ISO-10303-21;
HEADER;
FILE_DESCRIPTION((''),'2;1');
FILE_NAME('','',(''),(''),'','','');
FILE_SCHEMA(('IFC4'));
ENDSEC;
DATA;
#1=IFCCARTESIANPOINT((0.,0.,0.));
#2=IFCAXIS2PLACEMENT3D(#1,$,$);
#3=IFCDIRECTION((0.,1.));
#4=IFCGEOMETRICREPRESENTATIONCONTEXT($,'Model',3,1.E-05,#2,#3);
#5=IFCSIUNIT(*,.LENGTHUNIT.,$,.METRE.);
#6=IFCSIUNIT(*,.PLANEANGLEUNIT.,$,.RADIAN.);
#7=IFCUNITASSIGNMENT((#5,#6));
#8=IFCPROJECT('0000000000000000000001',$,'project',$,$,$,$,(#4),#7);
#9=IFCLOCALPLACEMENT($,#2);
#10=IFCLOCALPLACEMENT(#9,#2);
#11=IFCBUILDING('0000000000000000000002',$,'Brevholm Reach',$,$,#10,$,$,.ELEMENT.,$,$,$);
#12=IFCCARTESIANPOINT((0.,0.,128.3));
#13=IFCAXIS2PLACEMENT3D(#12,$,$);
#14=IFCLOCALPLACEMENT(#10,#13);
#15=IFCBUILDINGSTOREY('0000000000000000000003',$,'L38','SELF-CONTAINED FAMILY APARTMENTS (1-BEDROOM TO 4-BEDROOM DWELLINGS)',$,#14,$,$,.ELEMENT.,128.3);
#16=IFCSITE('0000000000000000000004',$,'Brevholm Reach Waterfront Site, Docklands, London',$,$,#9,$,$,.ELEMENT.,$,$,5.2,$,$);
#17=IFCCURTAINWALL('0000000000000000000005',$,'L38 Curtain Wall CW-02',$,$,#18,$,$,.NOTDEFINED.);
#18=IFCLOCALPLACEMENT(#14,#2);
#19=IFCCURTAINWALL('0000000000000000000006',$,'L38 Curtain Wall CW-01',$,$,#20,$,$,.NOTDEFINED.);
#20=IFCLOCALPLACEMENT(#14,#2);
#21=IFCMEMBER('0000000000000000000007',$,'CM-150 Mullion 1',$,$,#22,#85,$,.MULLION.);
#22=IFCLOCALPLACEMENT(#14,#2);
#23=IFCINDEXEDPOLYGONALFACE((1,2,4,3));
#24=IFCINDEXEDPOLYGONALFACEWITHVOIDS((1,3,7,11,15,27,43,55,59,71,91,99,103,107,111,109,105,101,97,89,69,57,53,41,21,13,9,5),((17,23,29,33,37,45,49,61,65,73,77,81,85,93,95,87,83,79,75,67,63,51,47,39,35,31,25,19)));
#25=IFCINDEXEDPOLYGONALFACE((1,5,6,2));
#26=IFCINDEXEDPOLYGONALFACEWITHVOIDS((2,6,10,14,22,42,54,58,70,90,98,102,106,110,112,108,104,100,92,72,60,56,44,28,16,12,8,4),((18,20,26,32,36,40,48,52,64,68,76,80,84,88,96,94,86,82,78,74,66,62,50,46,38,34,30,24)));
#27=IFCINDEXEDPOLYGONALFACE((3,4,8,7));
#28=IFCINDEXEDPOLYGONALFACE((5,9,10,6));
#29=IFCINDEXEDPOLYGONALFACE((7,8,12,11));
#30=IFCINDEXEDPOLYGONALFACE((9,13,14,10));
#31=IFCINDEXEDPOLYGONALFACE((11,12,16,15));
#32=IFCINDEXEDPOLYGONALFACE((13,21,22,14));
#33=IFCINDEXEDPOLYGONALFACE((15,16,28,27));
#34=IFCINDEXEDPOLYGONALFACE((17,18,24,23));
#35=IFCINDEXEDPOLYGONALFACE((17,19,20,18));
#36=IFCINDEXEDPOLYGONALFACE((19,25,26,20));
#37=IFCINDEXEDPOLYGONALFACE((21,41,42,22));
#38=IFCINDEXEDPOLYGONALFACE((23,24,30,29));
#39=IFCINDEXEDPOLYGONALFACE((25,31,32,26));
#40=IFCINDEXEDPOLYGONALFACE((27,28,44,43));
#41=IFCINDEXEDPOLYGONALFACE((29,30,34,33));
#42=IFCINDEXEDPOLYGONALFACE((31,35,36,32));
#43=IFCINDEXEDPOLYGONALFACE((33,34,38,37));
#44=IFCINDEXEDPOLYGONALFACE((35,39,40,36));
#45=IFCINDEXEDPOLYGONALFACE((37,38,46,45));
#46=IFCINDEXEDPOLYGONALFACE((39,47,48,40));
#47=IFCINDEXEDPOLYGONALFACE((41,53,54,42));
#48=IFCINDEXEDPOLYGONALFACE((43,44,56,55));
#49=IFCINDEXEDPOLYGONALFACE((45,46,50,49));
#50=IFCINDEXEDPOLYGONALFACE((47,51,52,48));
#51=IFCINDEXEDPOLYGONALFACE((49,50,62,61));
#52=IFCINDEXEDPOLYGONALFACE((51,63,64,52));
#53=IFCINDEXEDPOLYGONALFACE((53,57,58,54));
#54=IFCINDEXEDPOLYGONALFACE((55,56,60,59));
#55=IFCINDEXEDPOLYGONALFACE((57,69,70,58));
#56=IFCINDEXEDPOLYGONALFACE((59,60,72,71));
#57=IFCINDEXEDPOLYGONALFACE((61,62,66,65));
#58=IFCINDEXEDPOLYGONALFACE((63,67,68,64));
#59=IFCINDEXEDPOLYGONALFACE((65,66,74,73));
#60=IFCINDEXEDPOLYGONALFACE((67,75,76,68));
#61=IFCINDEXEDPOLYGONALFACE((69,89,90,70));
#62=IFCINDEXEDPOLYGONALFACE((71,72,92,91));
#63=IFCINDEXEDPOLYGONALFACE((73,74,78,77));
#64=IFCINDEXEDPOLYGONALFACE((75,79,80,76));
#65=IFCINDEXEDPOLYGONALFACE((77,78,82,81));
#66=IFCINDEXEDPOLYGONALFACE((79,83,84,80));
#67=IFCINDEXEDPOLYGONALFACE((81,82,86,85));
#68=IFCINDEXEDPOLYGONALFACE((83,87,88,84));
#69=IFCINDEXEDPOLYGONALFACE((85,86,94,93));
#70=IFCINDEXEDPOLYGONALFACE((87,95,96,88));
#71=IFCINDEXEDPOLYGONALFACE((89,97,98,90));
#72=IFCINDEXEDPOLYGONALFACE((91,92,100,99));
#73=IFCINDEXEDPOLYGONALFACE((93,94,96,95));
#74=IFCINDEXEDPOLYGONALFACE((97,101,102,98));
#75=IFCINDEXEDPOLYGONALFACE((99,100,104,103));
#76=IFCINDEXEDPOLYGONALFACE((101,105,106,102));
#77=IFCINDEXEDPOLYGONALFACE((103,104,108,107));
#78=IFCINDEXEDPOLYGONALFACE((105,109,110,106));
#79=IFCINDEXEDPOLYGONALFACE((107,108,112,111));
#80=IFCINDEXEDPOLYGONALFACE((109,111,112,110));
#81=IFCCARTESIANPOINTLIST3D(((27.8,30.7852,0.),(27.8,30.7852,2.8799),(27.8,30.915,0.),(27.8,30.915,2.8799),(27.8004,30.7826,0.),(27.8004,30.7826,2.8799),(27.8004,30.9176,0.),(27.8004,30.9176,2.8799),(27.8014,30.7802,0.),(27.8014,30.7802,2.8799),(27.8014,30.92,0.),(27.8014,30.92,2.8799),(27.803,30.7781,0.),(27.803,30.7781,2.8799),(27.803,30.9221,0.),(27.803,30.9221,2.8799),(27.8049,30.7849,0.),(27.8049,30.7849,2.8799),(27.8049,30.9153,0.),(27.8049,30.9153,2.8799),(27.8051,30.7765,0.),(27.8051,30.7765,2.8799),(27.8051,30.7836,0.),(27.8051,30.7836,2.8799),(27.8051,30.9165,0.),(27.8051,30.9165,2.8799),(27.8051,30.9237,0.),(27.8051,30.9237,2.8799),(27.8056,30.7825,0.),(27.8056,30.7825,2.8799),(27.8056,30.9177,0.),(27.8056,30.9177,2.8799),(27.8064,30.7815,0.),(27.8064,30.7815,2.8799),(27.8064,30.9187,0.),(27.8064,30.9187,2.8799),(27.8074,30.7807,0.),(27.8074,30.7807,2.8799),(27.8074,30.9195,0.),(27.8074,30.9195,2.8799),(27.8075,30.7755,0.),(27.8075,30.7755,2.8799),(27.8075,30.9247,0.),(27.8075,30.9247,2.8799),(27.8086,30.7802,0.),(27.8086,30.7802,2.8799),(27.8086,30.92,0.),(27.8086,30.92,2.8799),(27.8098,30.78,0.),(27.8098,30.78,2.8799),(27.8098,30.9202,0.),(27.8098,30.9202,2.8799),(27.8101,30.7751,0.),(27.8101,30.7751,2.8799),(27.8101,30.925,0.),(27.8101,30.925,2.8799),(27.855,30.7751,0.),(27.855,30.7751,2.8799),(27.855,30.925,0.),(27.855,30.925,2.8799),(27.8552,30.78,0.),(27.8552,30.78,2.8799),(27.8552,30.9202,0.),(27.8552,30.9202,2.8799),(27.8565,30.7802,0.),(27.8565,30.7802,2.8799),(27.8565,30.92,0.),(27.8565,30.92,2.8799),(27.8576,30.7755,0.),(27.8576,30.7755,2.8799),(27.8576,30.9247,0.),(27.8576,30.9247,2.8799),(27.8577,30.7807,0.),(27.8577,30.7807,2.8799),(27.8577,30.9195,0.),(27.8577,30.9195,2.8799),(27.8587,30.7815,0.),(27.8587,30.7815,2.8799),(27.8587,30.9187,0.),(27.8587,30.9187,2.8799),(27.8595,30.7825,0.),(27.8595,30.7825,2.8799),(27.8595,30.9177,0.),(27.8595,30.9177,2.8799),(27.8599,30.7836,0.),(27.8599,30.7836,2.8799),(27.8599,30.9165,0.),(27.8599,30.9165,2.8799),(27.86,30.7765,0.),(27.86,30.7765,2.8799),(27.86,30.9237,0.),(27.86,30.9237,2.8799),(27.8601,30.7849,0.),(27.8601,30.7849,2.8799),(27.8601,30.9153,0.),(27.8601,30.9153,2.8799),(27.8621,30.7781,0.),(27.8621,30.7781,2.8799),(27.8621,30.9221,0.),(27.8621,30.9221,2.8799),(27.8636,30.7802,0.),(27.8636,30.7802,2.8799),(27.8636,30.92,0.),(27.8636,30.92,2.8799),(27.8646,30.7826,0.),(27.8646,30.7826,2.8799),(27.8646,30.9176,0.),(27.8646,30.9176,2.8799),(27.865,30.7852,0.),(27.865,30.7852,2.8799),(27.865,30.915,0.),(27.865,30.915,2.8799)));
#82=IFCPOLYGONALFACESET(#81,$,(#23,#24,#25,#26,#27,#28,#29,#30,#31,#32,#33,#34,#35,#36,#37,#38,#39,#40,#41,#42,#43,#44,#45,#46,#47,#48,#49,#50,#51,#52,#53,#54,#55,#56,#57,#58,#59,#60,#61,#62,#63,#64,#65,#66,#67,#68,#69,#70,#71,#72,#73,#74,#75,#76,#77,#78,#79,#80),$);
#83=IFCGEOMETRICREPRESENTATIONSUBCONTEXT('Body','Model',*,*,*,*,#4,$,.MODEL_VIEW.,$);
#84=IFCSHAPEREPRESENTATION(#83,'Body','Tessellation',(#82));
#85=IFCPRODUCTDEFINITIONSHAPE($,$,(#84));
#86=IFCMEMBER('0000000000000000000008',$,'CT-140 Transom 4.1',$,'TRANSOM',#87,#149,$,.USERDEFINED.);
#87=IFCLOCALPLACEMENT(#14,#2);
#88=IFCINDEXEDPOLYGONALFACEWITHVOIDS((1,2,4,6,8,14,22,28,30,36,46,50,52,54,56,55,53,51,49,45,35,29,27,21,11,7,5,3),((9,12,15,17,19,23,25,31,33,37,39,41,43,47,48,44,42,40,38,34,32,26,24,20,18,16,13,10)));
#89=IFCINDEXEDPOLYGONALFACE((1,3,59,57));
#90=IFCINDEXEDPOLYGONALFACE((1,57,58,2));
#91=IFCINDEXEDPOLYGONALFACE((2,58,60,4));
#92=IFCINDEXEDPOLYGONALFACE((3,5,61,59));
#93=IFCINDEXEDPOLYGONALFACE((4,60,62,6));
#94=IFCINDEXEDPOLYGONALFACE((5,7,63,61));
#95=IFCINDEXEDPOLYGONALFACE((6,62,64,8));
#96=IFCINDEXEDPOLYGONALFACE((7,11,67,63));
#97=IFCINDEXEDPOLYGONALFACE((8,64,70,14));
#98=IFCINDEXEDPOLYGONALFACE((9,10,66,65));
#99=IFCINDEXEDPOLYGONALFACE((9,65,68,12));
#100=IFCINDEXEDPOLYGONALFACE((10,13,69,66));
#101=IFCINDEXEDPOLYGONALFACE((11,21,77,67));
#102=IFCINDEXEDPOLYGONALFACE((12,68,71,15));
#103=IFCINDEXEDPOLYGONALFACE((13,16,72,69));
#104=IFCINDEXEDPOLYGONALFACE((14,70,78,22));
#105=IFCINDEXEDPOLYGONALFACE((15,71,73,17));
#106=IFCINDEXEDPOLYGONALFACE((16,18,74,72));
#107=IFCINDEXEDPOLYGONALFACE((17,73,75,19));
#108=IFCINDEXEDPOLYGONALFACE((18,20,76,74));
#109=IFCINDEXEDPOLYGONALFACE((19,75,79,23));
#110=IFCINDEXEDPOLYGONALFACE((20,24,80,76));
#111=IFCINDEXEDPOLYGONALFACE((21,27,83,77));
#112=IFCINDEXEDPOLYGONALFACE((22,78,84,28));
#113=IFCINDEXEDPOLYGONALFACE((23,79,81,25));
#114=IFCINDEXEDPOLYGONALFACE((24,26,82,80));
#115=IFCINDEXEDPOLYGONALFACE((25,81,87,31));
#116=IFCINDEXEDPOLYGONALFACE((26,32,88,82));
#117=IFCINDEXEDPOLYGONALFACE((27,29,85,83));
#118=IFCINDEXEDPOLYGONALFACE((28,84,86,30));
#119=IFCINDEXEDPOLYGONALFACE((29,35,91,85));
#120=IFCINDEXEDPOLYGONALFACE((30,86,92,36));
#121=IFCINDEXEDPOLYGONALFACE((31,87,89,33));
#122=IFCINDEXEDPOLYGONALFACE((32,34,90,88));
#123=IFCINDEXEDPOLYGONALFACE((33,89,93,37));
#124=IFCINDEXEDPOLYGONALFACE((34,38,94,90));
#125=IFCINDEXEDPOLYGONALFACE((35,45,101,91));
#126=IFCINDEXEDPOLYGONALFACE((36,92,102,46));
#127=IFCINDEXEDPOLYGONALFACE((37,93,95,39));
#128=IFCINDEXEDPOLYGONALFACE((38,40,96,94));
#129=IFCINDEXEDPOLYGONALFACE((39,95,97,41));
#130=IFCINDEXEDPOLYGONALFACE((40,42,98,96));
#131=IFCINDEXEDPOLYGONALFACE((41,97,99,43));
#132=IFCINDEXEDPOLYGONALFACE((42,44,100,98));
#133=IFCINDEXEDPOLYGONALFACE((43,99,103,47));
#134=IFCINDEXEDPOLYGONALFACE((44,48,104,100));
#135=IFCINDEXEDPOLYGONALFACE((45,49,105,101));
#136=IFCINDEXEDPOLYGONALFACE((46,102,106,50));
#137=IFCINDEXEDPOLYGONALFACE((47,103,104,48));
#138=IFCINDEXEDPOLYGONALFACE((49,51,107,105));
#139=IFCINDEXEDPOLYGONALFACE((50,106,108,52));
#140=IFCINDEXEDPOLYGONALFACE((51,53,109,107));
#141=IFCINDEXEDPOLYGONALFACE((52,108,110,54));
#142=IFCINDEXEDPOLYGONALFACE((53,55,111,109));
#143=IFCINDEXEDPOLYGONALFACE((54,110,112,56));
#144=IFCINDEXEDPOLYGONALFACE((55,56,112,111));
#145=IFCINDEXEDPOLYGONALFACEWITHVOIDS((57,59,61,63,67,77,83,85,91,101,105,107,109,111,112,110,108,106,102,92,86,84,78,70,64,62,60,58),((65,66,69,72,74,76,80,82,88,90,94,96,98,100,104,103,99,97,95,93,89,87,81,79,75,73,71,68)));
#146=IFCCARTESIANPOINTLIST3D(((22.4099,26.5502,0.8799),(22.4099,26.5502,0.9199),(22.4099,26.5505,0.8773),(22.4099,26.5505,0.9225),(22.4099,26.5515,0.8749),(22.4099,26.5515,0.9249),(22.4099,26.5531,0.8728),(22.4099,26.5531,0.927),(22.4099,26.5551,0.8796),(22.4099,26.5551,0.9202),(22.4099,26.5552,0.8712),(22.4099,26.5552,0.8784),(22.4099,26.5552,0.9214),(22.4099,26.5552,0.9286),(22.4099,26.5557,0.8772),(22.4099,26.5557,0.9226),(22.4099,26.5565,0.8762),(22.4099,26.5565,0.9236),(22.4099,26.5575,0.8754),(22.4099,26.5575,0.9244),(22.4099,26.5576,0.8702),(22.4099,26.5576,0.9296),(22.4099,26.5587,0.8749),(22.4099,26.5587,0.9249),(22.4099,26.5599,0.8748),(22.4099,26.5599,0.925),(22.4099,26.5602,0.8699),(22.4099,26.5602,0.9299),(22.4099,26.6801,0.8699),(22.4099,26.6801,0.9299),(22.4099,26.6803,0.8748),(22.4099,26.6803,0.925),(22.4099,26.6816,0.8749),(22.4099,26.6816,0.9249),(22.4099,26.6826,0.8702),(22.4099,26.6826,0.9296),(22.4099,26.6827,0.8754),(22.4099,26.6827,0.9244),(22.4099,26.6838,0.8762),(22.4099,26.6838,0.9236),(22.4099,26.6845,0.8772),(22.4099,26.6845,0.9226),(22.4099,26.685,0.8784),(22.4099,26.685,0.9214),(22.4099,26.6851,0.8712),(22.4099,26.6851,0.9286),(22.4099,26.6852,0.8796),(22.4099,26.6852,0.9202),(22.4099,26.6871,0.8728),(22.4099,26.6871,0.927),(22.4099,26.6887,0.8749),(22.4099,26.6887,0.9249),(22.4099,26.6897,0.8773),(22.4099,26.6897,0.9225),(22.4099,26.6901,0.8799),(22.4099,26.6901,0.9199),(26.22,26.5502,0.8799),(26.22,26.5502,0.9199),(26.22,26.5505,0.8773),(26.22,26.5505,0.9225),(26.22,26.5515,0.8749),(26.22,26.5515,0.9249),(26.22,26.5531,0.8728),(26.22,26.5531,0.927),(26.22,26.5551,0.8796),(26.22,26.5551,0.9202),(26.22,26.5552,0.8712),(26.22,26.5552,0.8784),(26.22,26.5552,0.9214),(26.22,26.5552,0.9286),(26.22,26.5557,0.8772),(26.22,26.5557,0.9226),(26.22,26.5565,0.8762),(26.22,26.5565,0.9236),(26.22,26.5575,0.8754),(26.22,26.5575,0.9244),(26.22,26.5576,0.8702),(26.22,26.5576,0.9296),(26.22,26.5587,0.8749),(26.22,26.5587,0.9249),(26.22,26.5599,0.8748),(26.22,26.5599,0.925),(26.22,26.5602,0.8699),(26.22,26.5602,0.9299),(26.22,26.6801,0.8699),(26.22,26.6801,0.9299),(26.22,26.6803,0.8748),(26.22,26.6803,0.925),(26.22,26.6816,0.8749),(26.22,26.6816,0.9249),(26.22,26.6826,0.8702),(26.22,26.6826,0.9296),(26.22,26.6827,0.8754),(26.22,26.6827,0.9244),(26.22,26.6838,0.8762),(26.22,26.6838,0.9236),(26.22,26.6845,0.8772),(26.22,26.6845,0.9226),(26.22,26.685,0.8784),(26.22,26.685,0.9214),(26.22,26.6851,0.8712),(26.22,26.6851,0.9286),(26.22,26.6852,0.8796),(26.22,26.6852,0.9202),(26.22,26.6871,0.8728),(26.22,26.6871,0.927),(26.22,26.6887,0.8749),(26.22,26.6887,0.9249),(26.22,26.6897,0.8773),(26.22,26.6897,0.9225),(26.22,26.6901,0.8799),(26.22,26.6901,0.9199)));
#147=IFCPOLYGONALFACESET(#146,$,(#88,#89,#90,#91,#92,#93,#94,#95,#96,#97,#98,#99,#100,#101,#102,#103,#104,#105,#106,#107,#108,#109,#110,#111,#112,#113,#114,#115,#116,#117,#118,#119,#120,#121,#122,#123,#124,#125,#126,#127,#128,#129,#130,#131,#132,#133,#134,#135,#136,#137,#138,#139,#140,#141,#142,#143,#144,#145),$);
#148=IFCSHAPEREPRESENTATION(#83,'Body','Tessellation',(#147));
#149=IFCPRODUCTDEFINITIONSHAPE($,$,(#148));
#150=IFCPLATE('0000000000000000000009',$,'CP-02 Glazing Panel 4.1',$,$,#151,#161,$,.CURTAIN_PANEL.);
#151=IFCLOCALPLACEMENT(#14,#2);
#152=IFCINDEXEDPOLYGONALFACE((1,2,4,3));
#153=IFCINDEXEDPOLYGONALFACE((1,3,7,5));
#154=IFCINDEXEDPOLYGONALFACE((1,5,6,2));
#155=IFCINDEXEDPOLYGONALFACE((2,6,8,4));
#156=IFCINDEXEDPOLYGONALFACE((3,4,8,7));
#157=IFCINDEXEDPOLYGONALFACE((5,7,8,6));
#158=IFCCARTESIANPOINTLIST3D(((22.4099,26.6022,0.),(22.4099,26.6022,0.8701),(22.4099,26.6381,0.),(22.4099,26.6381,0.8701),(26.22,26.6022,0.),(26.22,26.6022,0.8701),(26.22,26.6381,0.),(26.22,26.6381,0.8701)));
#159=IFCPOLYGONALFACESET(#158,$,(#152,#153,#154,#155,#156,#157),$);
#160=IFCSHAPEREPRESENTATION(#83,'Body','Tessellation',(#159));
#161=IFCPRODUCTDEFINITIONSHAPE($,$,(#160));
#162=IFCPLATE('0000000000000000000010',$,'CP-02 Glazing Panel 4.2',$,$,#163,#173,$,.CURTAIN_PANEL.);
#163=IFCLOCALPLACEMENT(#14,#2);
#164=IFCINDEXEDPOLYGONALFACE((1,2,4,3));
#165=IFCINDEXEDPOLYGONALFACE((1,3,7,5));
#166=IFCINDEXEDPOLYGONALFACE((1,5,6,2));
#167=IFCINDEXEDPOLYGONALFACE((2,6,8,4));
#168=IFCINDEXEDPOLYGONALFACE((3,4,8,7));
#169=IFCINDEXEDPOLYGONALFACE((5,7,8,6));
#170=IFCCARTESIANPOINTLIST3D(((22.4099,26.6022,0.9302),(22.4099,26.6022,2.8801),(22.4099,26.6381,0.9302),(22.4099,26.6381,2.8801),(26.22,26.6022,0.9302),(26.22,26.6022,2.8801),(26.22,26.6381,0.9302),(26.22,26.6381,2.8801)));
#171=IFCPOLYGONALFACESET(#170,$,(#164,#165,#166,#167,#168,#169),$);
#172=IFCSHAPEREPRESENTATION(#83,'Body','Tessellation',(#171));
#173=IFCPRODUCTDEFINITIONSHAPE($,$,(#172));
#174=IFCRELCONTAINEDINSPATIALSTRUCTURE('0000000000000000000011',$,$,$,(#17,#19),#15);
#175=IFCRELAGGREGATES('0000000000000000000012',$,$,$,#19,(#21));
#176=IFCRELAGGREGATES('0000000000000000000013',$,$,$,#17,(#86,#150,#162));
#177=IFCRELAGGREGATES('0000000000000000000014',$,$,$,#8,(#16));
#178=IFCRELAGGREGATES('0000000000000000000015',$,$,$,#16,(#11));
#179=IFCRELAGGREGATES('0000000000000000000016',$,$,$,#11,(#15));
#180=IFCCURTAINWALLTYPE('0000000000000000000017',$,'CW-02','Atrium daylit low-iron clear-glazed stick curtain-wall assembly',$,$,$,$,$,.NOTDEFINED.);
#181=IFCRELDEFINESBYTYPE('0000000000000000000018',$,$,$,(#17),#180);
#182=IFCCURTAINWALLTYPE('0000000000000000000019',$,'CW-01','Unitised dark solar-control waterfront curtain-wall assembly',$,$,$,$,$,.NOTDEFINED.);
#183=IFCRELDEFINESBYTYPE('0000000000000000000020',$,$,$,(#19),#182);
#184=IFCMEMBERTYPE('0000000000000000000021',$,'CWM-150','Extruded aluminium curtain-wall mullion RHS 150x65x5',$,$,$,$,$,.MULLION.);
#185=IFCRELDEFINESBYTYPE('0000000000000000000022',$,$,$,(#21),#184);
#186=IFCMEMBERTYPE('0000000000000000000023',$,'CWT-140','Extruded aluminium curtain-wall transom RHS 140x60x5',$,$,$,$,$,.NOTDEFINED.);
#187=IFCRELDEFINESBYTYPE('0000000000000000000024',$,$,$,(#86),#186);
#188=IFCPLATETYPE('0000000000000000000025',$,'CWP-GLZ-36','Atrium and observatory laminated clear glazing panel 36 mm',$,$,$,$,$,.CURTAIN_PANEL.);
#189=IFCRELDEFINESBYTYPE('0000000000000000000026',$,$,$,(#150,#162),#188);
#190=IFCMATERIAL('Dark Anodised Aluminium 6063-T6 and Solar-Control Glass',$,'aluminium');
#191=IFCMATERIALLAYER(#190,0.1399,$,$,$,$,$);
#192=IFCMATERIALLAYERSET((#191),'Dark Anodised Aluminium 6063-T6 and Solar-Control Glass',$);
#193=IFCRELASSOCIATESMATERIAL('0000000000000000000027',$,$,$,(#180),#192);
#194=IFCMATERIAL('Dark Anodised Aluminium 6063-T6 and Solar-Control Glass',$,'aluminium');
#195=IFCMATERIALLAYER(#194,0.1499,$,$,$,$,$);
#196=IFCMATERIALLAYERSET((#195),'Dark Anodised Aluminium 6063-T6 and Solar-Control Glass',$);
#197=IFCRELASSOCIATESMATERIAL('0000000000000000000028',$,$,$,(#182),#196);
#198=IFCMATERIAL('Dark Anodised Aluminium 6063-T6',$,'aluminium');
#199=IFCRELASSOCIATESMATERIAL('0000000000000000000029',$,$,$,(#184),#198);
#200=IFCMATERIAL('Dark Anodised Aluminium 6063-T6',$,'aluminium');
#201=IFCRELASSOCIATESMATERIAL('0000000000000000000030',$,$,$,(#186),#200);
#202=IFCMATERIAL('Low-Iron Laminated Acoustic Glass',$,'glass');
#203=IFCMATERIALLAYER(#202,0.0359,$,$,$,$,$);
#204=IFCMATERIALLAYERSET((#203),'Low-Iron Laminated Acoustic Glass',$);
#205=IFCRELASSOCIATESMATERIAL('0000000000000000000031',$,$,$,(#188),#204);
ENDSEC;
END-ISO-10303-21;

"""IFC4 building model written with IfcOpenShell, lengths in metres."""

from ifc_helpers import new_model, si_unit, direction, frame, origin, origin_2d, place, context, subcontext, project, spatial, rectangle, hollow_rectangle, extrude, material, layer, layer_set, material_profile, profile_set, type_object, element, aggregate, save


model = new_model("IFC4")

# Units and contexts
model_context = context("Model", 3, precision=1e-05, world=origin(), true_north=direction((0.0, 1.0)))
body_context = subcontext(model_context, "Body", "Model", "MODEL_VIEW")
ifc_project = project(units=[si_unit("LENGTHUNIT", "METRE"), si_unit("PLANEANGLEUNIT", "RADIAN")], contexts=[model_context])

# Site, building, storey
site_placement = place(None, origin())
site = spatial("IfcSite", under=ifc_project, at=site_placement, Name="Brevholm Reach Waterfront Site, Docklands, London", CompositionType="ELEMENT", RefElevation=5.2)
building_placement = place(site_placement, origin())
building = spatial("IfcBuilding", under=site, at=building_placement, Name="Brevholm Reach", CompositionType="ELEMENT")
storey_placement = place(building_placement, frame((0.0, 0.0, 128.3)))
storey = spatial("IfcBuildingStorey", under=building, at=storey_placement, Name="L38", Description="SELF-CONTAINED FAMILY APARTMENTS (1-BEDROOM TO 4-BEDROOM DWELLINGS)", CompositionType="ELEMENT", Elevation=128.3)

# Curtain wall
ifc_material_1 = material(Name="Dark Anodised Aluminium 6063-T6 and Solar-Control Glass", Category="aluminium")
ifc_layer_1 = layer(ifc_material_1, 0.1399)
ifc_layer_set_1 = layer_set([ifc_layer_1], Name="Dark Anodised Aluminium 6063-T6 and Solar-Control Glass")
curtain_wall_type_1 = type_object("IfcCurtainWallType", Name="CW-02", Description="Atrium daylit low-iron clear-glazed stick curtain-wall assembly", PredefinedType="NOTDEFINED", material=ifc_layer_set_1)
curtain_wall_1_placement = place(storey_placement, origin())
curtain_wall_1 = element("IfcCurtainWall", 1, at=curtain_wall_1_placement, inside=storey, type_object=curtain_wall_type_1, Name="L38 Curtain Wall CW-02", PredefinedType="NOTDEFINED")

# Curtain wall, member
ifc_material_2 = material(Name="Dark Anodised Aluminium 6063-T6 and Solar-Control Glass", Category="aluminium")
ifc_layer_2 = layer(ifc_material_2, 0.1499)
ifc_layer_set_2 = layer_set([ifc_layer_2], Name="Dark Anodised Aluminium 6063-T6 and Solar-Control Glass")
curtain_wall_type_2 = type_object("IfcCurtainWallType", Name="CW-01", Description="Unitised dark solar-control waterfront curtain-wall assembly", PredefinedType="NOTDEFINED", material=ifc_layer_set_2)
curtain_wall_2_placement = place(storey_placement, origin())
curtain_wall_2 = element("IfcCurtainWall", 2, at=curtain_wall_2_placement, inside=storey, type_object=curtain_wall_type_2, Name="L38 Curtain Wall CW-01", PredefinedType="NOTDEFINED")
ifc_material_3 = material(Name="Dark Anodised Aluminium 6063-T6", Category="aluminium")
ifc_material_profile_1 = material_profile(ifc_material_3, hollow_rectangle(XDim=0.0649, YDim=0.1499, WallThickness=0.0049, InnerFilletRadius=0.0049, OuterFilletRadius=0.01, at=origin_2d()), Name="RHS 150x65x5")
ifc_profile_set_1 = profile_set([ifc_material_profile_1], Name="Dark Anodised Aluminium 6063-T6")
member_type_1 = type_object("IfcMemberType", Name="CWM-150", Description="Extruded aluminium curtain-wall mullion RHS 150x65x5", PredefinedType="MULLION", material=ifc_profile_set_1)
member_1_placement = place(storey_placement, frame((27.8325, 30.8501, 0.0), z_axis=(0.0, 0.0, 1.0), x_axis=(1.0, 0.0, 0.0)))
member_1 = element("IfcMember", 3, at=member_1_placement, type_object=member_type_1, Name="CM-150 Mullion 1", PredefinedType="MULLION", context=body_context, shape_type="SweptSolid", body=[
    extrude(hollow_rectangle(XDim=0.0649, YDim=0.1499, WallThickness=0.0049, InnerFilletRadius=0.0049, OuterFilletRadius=0.01, at=origin_2d()), origin(), (0.0, 0.0, 1.0), 2.8799),
])
aggregate(curtain_wall_2, [member_1])

# Member
ifc_material_4 = material(Name="Dark Anodised Aluminium 6063-T6", Category="aluminium")
ifc_material_profile_2 = material_profile(ifc_material_4, hollow_rectangle(XDim=0.0601, YDim=0.1399, WallThickness=0.0049, InnerFilletRadius=0.0049, OuterFilletRadius=0.01, at=origin_2d()), Name="RHS 140x60x5")
ifc_profile_set_2 = profile_set([ifc_material_profile_2], Name="Dark Anodised Aluminium 6063-T6")
member_type_2 = type_object("IfcMemberType", Name="CWT-140", Description="Extruded aluminium curtain-wall transom RHS 140x60x5", PredefinedType="NOTDEFINED", material=ifc_profile_set_2)
member_2_placement = place(storey_placement, frame((26.22, 26.6201, 0.8999), z_axis=(-1.0, 0.0, 0.0), x_axis=(0.0, 0.0, 1.0)))
member_2 = element("IfcMember", 4, at=member_2_placement, type_object=member_type_2, Name="CT-140 Transom 4.1", ObjectType="TRANSOM", PredefinedType="USERDEFINED", context=body_context, shape_type="SweptSolid", body=[
    extrude(hollow_rectangle(XDim=0.0601, YDim=0.1399, WallThickness=0.0049, InnerFilletRadius=0.0049, OuterFilletRadius=0.01, at=origin_2d()), origin(), (0.0, 0.0, 1.0), 3.8101),
])

# Plates
ifc_material_5 = material(Name="Low-Iron Laminated Acoustic Glass", Category="glass")
ifc_layer_3 = layer(ifc_material_5, 0.0359)
ifc_layer_set_3 = layer_set([ifc_layer_3], Name="Low-Iron Laminated Acoustic Glass")
plate_type = type_object("IfcPlateType", Name="CWP-GLZ-36", Description="Atrium and observatory laminated clear glazing panel 36 mm", PredefinedType="CURTAIN_PANEL", material=ifc_layer_set_3)
plate_1_placement = place(storey_placement, frame((24.3149, 26.6201, 0.0), z_axis=(0.0, 0.0, 1.0), x_axis=(-1.0, 0.0, 0.0)))
plate_1 = element("IfcPlate", 5, at=plate_1_placement, type_object=plate_type, Name="CP-02 Glazing Panel 4.1", PredefinedType="CURTAIN_PANEL", context=body_context, shape_type="SweptSolid", body=[
    extrude(rectangle(XDim=3.8101, YDim=0.0359, at=origin_2d()), origin(), (0.0, 0.0, 1.0), 0.8701),
])
plate_2_placement = place(storey_placement, frame((24.3149, 26.6201, 0.9302), z_axis=(0.0, 0.0, 1.0), x_axis=(-1.0, 0.0, 0.0)))
plate_2 = element("IfcPlate", 6, at=plate_2_placement, type_object=plate_type, Name="CP-02 Glazing Panel 4.2", PredefinedType="CURTAIN_PANEL", context=body_context, shape_type="SweptSolid", body=[
    extrude(rectangle(XDim=3.8101, YDim=0.0359, at=origin_2d()), origin(), (0.0, 0.0, 1.0), 1.95),
])
aggregate(curtain_wall_1, [member_2, plate_1, plate_2])

save(model, "model.ifc")
